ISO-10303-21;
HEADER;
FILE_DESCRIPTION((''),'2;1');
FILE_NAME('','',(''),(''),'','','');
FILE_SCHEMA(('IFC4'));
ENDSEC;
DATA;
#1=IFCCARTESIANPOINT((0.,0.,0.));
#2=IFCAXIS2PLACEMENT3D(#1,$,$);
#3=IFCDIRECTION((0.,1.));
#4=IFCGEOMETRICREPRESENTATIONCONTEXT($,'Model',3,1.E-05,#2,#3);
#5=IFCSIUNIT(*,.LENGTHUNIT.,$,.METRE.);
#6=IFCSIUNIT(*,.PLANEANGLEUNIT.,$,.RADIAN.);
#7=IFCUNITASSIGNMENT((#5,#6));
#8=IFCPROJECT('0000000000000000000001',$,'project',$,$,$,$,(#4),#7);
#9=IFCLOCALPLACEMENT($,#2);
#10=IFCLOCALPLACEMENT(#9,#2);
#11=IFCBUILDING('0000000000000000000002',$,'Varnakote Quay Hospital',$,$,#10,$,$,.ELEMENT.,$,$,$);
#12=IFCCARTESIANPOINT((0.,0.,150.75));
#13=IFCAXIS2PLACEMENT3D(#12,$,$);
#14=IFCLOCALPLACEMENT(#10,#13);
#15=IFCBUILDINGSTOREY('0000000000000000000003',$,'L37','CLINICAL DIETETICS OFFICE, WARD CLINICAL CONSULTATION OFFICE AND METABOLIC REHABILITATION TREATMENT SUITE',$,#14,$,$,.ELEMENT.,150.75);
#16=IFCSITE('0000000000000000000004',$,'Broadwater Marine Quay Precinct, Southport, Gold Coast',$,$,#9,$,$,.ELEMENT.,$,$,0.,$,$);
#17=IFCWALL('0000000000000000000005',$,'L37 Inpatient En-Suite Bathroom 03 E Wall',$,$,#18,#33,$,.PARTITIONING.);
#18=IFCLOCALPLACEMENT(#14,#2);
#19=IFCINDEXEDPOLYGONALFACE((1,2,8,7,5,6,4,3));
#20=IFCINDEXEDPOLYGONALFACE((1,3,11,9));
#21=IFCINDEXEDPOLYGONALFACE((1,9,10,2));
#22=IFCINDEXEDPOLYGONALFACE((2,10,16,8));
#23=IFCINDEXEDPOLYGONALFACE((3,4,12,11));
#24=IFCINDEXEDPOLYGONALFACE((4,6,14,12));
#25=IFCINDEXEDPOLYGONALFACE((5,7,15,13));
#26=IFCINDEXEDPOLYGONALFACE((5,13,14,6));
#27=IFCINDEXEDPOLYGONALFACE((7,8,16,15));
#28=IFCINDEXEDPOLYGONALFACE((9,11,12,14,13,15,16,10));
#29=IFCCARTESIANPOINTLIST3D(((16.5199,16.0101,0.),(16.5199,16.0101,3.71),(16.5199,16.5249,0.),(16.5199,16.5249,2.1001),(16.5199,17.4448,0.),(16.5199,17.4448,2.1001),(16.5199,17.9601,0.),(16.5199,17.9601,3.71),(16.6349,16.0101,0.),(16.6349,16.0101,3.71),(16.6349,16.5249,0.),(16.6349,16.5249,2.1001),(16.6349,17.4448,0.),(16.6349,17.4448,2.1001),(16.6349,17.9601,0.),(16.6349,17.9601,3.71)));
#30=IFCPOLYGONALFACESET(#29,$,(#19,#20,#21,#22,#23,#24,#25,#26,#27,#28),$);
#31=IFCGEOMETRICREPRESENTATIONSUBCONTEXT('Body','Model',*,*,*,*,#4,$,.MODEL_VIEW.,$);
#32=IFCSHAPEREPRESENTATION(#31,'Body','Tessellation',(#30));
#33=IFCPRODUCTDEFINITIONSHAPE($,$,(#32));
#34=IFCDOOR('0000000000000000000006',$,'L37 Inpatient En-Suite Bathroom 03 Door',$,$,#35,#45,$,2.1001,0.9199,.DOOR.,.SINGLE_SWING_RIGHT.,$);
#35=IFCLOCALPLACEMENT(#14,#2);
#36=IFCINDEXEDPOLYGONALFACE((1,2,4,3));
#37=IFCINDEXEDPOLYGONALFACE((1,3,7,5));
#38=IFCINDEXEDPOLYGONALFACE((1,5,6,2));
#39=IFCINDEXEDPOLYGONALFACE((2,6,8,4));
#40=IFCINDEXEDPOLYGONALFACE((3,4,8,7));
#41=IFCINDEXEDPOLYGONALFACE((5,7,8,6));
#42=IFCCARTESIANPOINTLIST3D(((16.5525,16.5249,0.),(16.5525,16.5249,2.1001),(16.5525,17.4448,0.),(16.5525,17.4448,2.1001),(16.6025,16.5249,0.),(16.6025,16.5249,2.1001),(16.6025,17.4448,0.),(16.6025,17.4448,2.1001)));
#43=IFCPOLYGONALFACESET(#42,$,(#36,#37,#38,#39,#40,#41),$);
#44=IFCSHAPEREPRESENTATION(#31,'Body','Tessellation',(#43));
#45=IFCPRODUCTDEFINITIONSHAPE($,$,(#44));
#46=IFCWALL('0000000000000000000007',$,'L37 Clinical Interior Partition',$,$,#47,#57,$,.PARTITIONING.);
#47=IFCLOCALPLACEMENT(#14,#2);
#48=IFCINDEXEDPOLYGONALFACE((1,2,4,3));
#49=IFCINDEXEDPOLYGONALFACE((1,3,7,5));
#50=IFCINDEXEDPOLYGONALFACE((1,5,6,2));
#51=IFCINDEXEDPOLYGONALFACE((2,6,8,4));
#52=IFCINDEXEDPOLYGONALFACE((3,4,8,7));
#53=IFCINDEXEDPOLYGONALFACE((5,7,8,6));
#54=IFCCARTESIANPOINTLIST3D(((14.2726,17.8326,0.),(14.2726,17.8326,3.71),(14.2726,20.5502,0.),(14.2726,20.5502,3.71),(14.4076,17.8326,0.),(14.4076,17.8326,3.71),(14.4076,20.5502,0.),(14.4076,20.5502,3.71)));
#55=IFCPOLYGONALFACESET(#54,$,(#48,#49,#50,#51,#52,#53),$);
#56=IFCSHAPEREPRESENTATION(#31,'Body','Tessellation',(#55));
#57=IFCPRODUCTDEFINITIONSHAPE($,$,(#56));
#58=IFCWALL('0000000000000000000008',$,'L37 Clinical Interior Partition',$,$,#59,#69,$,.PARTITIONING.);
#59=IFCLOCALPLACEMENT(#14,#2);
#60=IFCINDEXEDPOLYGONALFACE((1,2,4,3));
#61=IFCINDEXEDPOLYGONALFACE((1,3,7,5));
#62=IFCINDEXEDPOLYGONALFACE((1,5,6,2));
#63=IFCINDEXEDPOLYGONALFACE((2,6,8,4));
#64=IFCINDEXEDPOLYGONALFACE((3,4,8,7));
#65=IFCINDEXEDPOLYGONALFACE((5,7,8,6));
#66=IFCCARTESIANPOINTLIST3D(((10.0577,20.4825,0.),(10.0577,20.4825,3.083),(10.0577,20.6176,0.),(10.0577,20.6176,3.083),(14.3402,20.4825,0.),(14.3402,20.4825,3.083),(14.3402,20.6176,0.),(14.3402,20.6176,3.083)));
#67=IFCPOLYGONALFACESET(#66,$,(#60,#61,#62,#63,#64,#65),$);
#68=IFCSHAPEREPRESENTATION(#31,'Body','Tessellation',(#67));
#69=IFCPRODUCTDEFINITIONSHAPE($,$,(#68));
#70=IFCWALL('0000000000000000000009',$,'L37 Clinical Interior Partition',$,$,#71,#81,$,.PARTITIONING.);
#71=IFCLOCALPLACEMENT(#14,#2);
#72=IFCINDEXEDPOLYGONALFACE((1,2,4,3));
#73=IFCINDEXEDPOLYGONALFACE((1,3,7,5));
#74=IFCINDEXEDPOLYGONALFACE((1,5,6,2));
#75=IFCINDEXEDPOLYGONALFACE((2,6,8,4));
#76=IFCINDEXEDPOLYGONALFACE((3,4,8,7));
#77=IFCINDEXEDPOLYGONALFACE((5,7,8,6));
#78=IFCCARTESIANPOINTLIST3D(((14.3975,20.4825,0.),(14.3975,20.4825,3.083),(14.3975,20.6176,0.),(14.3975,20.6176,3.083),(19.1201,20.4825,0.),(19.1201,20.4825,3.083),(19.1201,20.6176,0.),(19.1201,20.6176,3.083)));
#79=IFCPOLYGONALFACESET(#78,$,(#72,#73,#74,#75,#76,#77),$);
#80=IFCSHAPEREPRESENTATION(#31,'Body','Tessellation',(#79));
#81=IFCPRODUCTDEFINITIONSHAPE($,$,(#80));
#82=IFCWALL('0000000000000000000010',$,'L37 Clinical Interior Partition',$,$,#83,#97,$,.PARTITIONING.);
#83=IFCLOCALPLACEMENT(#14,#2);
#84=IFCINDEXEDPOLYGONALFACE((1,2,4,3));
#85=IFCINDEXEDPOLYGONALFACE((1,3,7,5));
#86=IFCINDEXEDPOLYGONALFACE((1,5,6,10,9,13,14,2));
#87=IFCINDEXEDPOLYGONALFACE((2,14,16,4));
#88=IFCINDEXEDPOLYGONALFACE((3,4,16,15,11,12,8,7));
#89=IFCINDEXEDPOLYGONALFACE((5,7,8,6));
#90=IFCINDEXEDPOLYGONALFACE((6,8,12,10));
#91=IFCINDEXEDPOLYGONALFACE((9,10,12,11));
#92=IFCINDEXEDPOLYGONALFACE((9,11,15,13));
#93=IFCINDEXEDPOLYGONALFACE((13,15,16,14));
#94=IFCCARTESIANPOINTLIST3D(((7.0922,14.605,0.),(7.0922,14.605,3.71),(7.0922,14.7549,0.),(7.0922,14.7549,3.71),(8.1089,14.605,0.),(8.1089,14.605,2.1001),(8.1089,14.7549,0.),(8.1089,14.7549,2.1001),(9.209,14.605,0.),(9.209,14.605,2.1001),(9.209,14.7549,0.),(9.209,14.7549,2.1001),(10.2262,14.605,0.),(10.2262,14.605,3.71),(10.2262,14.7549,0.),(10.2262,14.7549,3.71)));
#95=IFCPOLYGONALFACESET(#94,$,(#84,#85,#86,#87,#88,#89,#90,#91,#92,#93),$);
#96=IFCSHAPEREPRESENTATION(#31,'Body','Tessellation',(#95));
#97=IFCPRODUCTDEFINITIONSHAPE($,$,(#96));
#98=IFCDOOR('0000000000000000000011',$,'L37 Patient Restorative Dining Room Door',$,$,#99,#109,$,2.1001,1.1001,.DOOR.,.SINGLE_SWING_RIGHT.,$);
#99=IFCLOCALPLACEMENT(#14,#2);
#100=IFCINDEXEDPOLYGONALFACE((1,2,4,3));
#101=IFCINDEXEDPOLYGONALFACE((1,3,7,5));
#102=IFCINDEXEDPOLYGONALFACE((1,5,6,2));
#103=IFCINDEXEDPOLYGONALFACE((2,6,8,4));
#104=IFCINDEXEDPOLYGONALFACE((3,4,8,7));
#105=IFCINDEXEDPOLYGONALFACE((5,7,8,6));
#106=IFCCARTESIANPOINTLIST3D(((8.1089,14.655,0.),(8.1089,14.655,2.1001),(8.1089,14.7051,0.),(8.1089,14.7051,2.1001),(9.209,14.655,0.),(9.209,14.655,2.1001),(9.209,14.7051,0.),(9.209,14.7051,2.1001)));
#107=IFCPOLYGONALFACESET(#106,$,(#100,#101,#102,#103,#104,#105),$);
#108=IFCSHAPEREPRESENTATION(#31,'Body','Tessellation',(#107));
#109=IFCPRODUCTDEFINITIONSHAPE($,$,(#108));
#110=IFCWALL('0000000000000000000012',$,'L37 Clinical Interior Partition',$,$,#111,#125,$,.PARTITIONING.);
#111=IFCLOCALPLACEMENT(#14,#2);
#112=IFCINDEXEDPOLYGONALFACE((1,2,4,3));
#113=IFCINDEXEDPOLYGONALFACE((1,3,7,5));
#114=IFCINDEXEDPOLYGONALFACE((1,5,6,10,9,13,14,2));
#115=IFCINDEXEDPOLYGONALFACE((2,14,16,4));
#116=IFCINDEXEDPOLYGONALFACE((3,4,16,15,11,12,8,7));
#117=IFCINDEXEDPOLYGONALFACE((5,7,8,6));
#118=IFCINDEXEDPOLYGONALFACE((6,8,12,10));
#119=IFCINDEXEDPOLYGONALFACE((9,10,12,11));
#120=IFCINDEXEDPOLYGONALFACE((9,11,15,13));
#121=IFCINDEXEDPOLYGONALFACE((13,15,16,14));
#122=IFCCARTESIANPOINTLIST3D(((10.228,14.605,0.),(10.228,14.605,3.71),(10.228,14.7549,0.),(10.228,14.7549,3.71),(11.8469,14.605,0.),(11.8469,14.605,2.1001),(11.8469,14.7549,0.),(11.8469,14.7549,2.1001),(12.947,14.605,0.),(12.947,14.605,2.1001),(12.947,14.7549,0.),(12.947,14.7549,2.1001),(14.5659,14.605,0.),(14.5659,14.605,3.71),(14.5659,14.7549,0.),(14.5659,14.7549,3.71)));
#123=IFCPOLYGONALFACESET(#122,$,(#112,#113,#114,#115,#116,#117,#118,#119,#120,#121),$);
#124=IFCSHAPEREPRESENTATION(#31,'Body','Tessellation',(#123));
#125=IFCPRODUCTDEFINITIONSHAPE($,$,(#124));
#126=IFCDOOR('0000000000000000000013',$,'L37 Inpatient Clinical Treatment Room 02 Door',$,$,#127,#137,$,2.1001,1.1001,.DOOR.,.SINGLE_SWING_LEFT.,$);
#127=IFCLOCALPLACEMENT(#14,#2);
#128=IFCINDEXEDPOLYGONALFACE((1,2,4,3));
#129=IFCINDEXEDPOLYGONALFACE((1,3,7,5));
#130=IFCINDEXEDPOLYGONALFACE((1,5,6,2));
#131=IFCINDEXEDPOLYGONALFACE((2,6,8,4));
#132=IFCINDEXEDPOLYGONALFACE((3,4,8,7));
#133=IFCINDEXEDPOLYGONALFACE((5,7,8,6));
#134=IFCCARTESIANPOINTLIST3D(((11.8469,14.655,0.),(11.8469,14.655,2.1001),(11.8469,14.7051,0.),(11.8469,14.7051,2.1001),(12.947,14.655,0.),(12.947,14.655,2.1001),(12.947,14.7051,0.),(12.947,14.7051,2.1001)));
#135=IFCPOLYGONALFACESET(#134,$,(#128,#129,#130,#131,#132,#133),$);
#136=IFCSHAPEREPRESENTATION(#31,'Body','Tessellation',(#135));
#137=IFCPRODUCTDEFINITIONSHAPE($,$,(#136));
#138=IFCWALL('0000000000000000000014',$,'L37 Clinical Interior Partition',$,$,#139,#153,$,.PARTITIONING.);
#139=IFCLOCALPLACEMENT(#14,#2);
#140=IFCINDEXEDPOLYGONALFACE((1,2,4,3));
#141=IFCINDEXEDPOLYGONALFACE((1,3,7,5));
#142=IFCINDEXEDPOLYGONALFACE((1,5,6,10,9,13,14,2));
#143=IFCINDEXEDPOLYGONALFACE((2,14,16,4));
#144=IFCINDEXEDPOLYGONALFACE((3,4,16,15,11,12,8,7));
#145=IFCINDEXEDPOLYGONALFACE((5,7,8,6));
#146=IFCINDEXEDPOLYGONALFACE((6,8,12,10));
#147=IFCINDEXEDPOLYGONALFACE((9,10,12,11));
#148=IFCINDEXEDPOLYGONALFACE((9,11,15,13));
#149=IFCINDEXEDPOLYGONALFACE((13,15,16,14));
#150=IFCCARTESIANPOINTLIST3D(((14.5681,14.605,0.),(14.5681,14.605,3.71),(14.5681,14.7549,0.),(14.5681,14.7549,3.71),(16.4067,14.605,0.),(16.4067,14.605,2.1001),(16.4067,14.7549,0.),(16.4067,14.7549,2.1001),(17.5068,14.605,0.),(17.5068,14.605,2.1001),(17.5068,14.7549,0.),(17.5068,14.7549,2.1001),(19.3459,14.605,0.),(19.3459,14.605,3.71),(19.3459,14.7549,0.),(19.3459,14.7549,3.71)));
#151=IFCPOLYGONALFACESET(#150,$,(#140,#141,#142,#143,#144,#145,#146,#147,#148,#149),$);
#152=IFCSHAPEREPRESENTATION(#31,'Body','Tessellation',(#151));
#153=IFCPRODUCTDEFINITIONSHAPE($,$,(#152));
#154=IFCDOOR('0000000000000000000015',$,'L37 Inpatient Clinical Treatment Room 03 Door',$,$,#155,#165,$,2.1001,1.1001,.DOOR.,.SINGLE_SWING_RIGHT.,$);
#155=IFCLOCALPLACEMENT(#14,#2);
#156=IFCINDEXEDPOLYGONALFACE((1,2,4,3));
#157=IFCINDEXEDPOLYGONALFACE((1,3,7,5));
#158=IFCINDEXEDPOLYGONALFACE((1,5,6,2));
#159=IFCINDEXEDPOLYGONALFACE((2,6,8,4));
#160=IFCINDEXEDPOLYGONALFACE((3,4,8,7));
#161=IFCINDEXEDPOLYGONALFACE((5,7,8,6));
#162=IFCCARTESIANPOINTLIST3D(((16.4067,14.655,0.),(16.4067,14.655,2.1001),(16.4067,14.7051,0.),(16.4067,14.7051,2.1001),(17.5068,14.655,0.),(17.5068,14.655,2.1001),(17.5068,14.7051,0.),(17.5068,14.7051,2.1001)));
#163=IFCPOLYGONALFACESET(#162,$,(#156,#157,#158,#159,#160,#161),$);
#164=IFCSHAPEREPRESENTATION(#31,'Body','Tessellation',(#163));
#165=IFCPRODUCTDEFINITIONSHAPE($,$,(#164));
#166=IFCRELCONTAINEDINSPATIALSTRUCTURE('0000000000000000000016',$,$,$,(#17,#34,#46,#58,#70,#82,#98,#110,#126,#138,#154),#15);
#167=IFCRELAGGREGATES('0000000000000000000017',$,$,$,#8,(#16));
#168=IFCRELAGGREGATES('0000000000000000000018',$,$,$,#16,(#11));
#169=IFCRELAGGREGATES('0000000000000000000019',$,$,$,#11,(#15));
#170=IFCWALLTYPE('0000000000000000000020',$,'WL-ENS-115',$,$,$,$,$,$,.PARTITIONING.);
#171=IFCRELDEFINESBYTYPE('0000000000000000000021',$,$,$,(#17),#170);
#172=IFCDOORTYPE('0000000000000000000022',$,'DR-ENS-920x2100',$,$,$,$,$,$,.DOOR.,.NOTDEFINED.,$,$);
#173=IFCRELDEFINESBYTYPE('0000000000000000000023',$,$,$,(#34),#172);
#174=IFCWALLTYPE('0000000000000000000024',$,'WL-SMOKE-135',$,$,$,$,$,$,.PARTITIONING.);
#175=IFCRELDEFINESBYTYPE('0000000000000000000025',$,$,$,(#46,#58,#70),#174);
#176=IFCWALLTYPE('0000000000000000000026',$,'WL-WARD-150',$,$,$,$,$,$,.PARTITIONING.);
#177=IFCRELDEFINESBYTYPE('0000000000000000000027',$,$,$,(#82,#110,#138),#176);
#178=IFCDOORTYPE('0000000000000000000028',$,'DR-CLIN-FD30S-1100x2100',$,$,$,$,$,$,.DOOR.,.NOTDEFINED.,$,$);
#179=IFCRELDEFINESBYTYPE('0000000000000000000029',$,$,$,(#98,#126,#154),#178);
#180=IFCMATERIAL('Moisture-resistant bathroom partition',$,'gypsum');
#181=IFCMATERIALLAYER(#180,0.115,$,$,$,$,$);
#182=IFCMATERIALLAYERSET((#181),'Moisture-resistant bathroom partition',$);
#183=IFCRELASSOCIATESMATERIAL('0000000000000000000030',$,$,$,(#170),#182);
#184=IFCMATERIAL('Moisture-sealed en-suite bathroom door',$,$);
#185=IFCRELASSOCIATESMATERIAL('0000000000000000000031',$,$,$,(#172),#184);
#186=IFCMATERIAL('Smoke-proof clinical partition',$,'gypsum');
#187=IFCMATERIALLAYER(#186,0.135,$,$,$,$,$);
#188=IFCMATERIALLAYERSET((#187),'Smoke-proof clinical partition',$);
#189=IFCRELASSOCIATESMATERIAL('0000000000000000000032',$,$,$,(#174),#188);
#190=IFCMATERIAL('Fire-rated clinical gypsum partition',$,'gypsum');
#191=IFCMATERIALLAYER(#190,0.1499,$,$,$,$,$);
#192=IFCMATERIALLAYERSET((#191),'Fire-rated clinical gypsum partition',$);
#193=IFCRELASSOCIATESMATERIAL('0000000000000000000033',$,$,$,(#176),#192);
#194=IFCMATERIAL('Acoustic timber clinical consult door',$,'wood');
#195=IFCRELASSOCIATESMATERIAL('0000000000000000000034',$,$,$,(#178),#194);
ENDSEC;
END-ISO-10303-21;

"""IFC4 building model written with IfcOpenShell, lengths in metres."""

from ifc_helpers import new_model, si_unit, direction, frame, frame_2d, origin, place, context, subcontext, project, spatial, rectangle, extrude, material, layer, layer_set, type_object, element, fill, save


model = new_model("IFC4")

# Units and contexts
model_context = context("Model", 3, precision=1e-05, world=origin(), true_north=direction((0.0, 1.0)))
body_context = subcontext(model_context, "Body", "Model", "MODEL_VIEW")
ifc_project = project(units=[si_unit("LENGTHUNIT", "METRE"), si_unit("PLANEANGLEUNIT", "RADIAN")], contexts=[model_context])

# Site, building, storey
site_placement = place(None, origin())
site = spatial("IfcSite", under=ifc_project, at=site_placement, Name="Broadwater Marine Quay Precinct, Southport, Gold Coast", CompositionType="ELEMENT", RefElevation=0.0)
building_placement = place(site_placement, origin())
building = spatial("IfcBuilding", under=site, at=building_placement, Name="Varnakote Quay Hospital", CompositionType="ELEMENT")
storey_placement = place(building_placement, frame((0.0, 0.0, 150.75)))
storey = spatial("IfcBuildingStorey", under=building, at=storey_placement, Name="L37", Description="CLINICAL DIETETICS OFFICE, WARD CLINICAL CONSULTATION OFFICE AND METABOLIC REHABILITATION TREATMENT SUITE", CompositionType="ELEMENT", Elevation=150.75)

# Shared definitions
ifc_material_1 = material(Name="Moisture-resistant bathroom partition", Category="gypsum")
ifc_layer_1 = layer(ifc_material_1, 0.115)
ifc_layer_set_1 = layer_set([ifc_layer_1], Name="Moisture-resistant bathroom partition")
wall_type_1 = type_object("IfcWallType", Name="WL-ENS-115", PredefinedType="PARTITIONING", material=ifc_layer_set_1)

# Shared definitions
ifc_material_2 = material(Name="Moisture-sealed en-suite bathroom door")
door_type_1 = type_object("IfcDoorType", Name="DR-ENS-920x2100", OperationType="NOTDEFINED", PredefinedType="DOOR", material=ifc_material_2)

# Wall, opening, door
wall_1_placement = place(storey_placement, frame((16.5774, 16.01, 0.0), z_axis=(0.0, 0.0, 1.0), x_axis=(0.0, 1.0, 0.0)))
wall_1 = element("IfcWall", 1, at=wall_1_placement, inside=storey, type_object=wall_type_1, Name="L37 Inpatient En-Suite Bathroom 03 E Wall", PredefinedType="PARTITIONING", context=body_context, shape_type="SweptSolid", body=[
    extrude(rectangle(XDim=1.95, YDim=0.115, at=frame_2d((0.9751, 0.0))), origin(), (0.0, 0.0, 1.0), 3.71),
])
opening_1_placement = place(wall_1_placement, frame((0.5149, 0.0, 0.0)))
opening_1 = element("IfcOpeningElement", 2, at=opening_1_placement, cuts=wall_1, PredefinedType="OPENING", context=body_context, shape_type="SweptSolid", body=[
    extrude(rectangle(XDim=0.9199, YDim=2.1001, at=frame_2d((0.46, 1.05))), frame((0.0, 0.0674, 0.0), z_axis=(0.0, -1.0, 0.0), x_axis=(1.0, 0.0, 0.0)), (0.0, 0.0, 1.0), 0.135),
])
door_1_placement = place(opening_1_placement, origin())
door_1 = element("IfcDoor", 3, at=door_1_placement, inside=storey, type_object=door_type_1, Name="L37 Inpatient En-Suite Bathroom 03 Door", OperationType="SINGLE_SWING_RIGHT", OverallHeight=2.1001, OverallWidth=0.9199, PredefinedType="DOOR", context=body_context, shape_type="SweptSolid", body=[
    extrude(rectangle(XDim=0.9199, YDim=2.1001, at=frame_2d((0.46, 1.05))), frame((0.0, 0.0249, 0.0), z_axis=(0.0, -1.0, 0.0), x_axis=(1.0, 0.0, 0.0)), (0.0, 0.0, 1.0), 0.05),
])
fill(opening_1, door_1)

# Walls
ifc_material_3 = material(Name="Smoke-proof clinical partition", Category="gypsum")
ifc_layer_2 = layer(ifc_material_3, 0.135)
ifc_layer_set_2 = layer_set([ifc_layer_2], Name="Smoke-proof clinical partition")
wall_type_2 = type_object("IfcWallType", Name="WL-SMOKE-135", PredefinedType="PARTITIONING", material=ifc_layer_set_2)
wall_2_placement = place(storey_placement, frame((14.3401, 17.8325, 0.0), z_axis=(0.0, 0.0, 1.0), x_axis=(0.0, 1.0, 0.0)))
element("IfcWall", 4, at=wall_2_placement, inside=storey, type_object=wall_type_2, Name="L37 Clinical Interior Partition", PredefinedType="PARTITIONING", context=body_context, shape_type="SweptSolid", body=[
    extrude(rectangle(XDim=2.7175, YDim=0.135, at=frame_2d((1.3589, 0.0))), origin(), (0.0, 0.0, 1.0), 3.71),
])
wall_3_placement = place(storey_placement, frame((14.3401, 20.55, 0.0), z_axis=(0.0, 0.0, 1.0), x_axis=(-1.0, 0.0, 0.0)))
element("IfcWall", 5, at=wall_3_placement, inside=storey, type_object=wall_type_2, Name="L37 Clinical Interior Partition", PredefinedType="PARTITIONING", context=body_context, shape_type="SweptSolid", body=[
    extrude(rectangle(XDim=4.2825, YDim=0.135, at=frame_2d((2.1411, 0.0))), origin(), (0.0, 0.0, 1.0), 3.083),
])
wall_4_placement = place(storey_placement, frame((19.1201, 20.55, 0.0), z_axis=(0.0, 0.0, 1.0), x_axis=(-1.0, 0.0, 0.0)))
element("IfcWall", 6, at=wall_4_placement, inside=storey, type_object=wall_type_2, Name="L37 Clinical Interior Partition", PredefinedType="PARTITIONING", context=body_context, shape_type="SweptSolid", body=[
    extrude(rectangle(XDim=4.7227, YDim=0.135, at=frame_2d((2.3613, 0.0))), origin(), (0.0, 0.0, 1.0), 3.083),
])

# Walls, openings, doors
ifc_material_4 = material(Name="Fire-rated clinical gypsum partition", Category="gypsum")
ifc_layer_3 = layer(ifc_material_4, 0.1499)
ifc_layer_set_3 = layer_set([ifc_layer_3], Name="Fire-rated clinical gypsum partition")
wall_type_3 = type_object("IfcWallType", Name="WL-WARD-150", PredefinedType="PARTITIONING", material=ifc_layer_set_3)
wall_5_placement = place(storey_placement, frame((10.2261, 14.6799, 0.0), z_axis=(0.0, 0.0, 1.0), x_axis=(-1.0, 0.0, 0.0)))
wall_5 = element("IfcWall", 7, at=wall_5_placement, inside=storey, type_object=wall_type_3, Name="L37 Clinical Interior Partition", PredefinedType="PARTITIONING", context=body_context, shape_type="SweptSolid", body=[
    extrude(rectangle(XDim=3.134, YDim=0.1499, at=frame_2d((1.5669, 0.0))), origin(), (0.0, 0.0, 1.0), 3.71),
])
opening_2_placement = place(wall_5_placement, frame((1.0171, 0.0, 0.0)))
opening_2 = element("IfcOpeningElement", 8, at=opening_2_placement, cuts=wall_5, PredefinedType="OPENING", context=body_context, shape_type="SweptSolid", body=[
    extrude(rectangle(XDim=1.1001, YDim=2.1001, at=frame_2d((0.55, 1.05))), frame((0.0, 0.085, 0.0), z_axis=(0.0, -1.0, 0.0), x_axis=(1.0, 0.0, 0.0)), (0.0, 0.0, 1.0), 0.1699),
])
ifc_material_5 = material(Name="Acoustic timber clinical consult door", Category="wood")
door_type_2 = type_object("IfcDoorType", Name="DR-CLIN-FD30S-1100x2100", OperationType="NOTDEFINED", PredefinedType="DOOR", material=ifc_material_5)
door_2_placement = place(opening_2_placement, origin())
door_2 = element("IfcDoor", 9, at=door_2_placement, inside=storey, type_object=door_type_2, Name="L37 Patient Restorative Dining Room Door", OperationType="SINGLE_SWING_RIGHT", OverallHeight=2.1001, OverallWidth=1.1001, PredefinedType="DOOR", context=body_context, shape_type="SweptSolid", body=[
    extrude(rectangle(XDim=1.1001, YDim=2.1001, at=frame_2d((0.55, 1.05))), frame((0.0, 0.0249, 0.0), z_axis=(0.0, -1.0, 0.0), x_axis=(1.0, 0.0, 0.0)), (0.0, 0.0, 1.0), 0.05),
])
fill(opening_2, door_2)
wall_6_placement = place(storey_placement, frame((14.5659, 14.6799, 0.0), z_axis=(0.0, 0.0, 1.0), x_axis=(-1.0, 0.0, 0.0)))
wall_6 = element("IfcWall", 10, at=wall_6_placement, inside=storey, type_object=wall_type_3, Name="L37 Clinical Interior Partition", PredefinedType="PARTITIONING", context=body_context, shape_type="SweptSolid", body=[
    extrude(rectangle(XDim=4.3379, YDim=0.1499, at=frame_2d((2.1689, 0.0))), origin(), (0.0, 0.0, 1.0), 3.71),
])
opening_3_placement = place(wall_6_placement, frame((1.6189, 0.0, 0.0)))
opening_3 = element("IfcOpeningElement", 11, at=opening_3_placement, cuts=wall_6, PredefinedType="OPENING", context=body_context, shape_type="SweptSolid", body=[
    extrude(rectangle(XDim=1.1001, YDim=2.1001, at=frame_2d((0.55, 1.05))), frame((0.0, 0.085, 0.0), z_axis=(0.0, -1.0, 0.0), x_axis=(1.0, 0.0, 0.0)), (0.0, 0.0, 1.0), 0.1699),
])
door_3_placement = place(opening_3_placement, origin())
door_3 = element("IfcDoor", 12, at=door_3_placement, inside=storey, type_object=door_type_2, Name="L37 Inpatient Clinical Treatment Room 02 Door", OperationType="SINGLE_SWING_LEFT", OverallHeight=2.1001, OverallWidth=1.1001, PredefinedType="DOOR", context=body_context, shape_type="SweptSolid", body=[
    extrude(rectangle(XDim=1.1001, YDim=2.1001, at=frame_2d((0.55, 1.05))), frame((0.0, 0.0249, 0.0), z_axis=(0.0, -1.0, 0.0), x_axis=(1.0, 0.0, 0.0)), (0.0, 0.0, 1.0), 0.05),
])
fill(opening_3, door_3)
wall_7_placement = place(storey_placement, frame((19.3459, 14.6799, 0.0), z_axis=(0.0, 0.0, 1.0), x_axis=(-1.0, 0.0, 0.0)))
wall_7 = element("IfcWall", 13, at=wall_7_placement, inside=storey, type_object=wall_type_3, Name="L37 Clinical Interior Partition", PredefinedType="PARTITIONING", context=body_context, shape_type="SweptSolid", body=[
    extrude(rectangle(XDim=4.7778, YDim=0.1499, at=frame_2d((2.3889, 0.0))), origin(), (0.0, 0.0, 1.0), 3.71),
])
opening_4_placement = place(wall_7_placement, frame((1.8391, 0.0, 0.0)))
opening_4 = element("IfcOpeningElement", 14, at=opening_4_placement, cuts=wall_7, PredefinedType="OPENING", context=body_context, shape_type="SweptSolid", body=[
    extrude(rectangle(XDim=1.1001, YDim=2.1001, at=frame_2d((0.55, 1.05))), frame((0.0, 0.085, 0.0), z_axis=(0.0, -1.0, 0.0), x_axis=(1.0, 0.0, 0.0)), (0.0, 0.0, 1.0), 0.1699),
])
door_4_placement = place(opening_4_placement, origin())
door_4 = element("IfcDoor", 15, at=door_4_placement, inside=storey, type_object=door_type_2, Name="L37 Inpatient Clinical Treatment Room 03 Door", OperationType="SINGLE_SWING_RIGHT", OverallHeight=2.1001, OverallWidth=1.1001, PredefinedType="DOOR", context=body_context, shape_type="SweptSolid", body=[
    extrude(rectangle(XDim=1.1001, YDim=2.1001, at=frame_2d((0.55, 1.05))), frame((0.0, 0.0249, 0.0), z_axis=(0.0, -1.0, 0.0), x_axis=(1.0, 0.0, 0.0)), (0.0, 0.0, 1.0), 0.05),
])
fill(opening_4, door_4)

save(model, "model.ifc")
